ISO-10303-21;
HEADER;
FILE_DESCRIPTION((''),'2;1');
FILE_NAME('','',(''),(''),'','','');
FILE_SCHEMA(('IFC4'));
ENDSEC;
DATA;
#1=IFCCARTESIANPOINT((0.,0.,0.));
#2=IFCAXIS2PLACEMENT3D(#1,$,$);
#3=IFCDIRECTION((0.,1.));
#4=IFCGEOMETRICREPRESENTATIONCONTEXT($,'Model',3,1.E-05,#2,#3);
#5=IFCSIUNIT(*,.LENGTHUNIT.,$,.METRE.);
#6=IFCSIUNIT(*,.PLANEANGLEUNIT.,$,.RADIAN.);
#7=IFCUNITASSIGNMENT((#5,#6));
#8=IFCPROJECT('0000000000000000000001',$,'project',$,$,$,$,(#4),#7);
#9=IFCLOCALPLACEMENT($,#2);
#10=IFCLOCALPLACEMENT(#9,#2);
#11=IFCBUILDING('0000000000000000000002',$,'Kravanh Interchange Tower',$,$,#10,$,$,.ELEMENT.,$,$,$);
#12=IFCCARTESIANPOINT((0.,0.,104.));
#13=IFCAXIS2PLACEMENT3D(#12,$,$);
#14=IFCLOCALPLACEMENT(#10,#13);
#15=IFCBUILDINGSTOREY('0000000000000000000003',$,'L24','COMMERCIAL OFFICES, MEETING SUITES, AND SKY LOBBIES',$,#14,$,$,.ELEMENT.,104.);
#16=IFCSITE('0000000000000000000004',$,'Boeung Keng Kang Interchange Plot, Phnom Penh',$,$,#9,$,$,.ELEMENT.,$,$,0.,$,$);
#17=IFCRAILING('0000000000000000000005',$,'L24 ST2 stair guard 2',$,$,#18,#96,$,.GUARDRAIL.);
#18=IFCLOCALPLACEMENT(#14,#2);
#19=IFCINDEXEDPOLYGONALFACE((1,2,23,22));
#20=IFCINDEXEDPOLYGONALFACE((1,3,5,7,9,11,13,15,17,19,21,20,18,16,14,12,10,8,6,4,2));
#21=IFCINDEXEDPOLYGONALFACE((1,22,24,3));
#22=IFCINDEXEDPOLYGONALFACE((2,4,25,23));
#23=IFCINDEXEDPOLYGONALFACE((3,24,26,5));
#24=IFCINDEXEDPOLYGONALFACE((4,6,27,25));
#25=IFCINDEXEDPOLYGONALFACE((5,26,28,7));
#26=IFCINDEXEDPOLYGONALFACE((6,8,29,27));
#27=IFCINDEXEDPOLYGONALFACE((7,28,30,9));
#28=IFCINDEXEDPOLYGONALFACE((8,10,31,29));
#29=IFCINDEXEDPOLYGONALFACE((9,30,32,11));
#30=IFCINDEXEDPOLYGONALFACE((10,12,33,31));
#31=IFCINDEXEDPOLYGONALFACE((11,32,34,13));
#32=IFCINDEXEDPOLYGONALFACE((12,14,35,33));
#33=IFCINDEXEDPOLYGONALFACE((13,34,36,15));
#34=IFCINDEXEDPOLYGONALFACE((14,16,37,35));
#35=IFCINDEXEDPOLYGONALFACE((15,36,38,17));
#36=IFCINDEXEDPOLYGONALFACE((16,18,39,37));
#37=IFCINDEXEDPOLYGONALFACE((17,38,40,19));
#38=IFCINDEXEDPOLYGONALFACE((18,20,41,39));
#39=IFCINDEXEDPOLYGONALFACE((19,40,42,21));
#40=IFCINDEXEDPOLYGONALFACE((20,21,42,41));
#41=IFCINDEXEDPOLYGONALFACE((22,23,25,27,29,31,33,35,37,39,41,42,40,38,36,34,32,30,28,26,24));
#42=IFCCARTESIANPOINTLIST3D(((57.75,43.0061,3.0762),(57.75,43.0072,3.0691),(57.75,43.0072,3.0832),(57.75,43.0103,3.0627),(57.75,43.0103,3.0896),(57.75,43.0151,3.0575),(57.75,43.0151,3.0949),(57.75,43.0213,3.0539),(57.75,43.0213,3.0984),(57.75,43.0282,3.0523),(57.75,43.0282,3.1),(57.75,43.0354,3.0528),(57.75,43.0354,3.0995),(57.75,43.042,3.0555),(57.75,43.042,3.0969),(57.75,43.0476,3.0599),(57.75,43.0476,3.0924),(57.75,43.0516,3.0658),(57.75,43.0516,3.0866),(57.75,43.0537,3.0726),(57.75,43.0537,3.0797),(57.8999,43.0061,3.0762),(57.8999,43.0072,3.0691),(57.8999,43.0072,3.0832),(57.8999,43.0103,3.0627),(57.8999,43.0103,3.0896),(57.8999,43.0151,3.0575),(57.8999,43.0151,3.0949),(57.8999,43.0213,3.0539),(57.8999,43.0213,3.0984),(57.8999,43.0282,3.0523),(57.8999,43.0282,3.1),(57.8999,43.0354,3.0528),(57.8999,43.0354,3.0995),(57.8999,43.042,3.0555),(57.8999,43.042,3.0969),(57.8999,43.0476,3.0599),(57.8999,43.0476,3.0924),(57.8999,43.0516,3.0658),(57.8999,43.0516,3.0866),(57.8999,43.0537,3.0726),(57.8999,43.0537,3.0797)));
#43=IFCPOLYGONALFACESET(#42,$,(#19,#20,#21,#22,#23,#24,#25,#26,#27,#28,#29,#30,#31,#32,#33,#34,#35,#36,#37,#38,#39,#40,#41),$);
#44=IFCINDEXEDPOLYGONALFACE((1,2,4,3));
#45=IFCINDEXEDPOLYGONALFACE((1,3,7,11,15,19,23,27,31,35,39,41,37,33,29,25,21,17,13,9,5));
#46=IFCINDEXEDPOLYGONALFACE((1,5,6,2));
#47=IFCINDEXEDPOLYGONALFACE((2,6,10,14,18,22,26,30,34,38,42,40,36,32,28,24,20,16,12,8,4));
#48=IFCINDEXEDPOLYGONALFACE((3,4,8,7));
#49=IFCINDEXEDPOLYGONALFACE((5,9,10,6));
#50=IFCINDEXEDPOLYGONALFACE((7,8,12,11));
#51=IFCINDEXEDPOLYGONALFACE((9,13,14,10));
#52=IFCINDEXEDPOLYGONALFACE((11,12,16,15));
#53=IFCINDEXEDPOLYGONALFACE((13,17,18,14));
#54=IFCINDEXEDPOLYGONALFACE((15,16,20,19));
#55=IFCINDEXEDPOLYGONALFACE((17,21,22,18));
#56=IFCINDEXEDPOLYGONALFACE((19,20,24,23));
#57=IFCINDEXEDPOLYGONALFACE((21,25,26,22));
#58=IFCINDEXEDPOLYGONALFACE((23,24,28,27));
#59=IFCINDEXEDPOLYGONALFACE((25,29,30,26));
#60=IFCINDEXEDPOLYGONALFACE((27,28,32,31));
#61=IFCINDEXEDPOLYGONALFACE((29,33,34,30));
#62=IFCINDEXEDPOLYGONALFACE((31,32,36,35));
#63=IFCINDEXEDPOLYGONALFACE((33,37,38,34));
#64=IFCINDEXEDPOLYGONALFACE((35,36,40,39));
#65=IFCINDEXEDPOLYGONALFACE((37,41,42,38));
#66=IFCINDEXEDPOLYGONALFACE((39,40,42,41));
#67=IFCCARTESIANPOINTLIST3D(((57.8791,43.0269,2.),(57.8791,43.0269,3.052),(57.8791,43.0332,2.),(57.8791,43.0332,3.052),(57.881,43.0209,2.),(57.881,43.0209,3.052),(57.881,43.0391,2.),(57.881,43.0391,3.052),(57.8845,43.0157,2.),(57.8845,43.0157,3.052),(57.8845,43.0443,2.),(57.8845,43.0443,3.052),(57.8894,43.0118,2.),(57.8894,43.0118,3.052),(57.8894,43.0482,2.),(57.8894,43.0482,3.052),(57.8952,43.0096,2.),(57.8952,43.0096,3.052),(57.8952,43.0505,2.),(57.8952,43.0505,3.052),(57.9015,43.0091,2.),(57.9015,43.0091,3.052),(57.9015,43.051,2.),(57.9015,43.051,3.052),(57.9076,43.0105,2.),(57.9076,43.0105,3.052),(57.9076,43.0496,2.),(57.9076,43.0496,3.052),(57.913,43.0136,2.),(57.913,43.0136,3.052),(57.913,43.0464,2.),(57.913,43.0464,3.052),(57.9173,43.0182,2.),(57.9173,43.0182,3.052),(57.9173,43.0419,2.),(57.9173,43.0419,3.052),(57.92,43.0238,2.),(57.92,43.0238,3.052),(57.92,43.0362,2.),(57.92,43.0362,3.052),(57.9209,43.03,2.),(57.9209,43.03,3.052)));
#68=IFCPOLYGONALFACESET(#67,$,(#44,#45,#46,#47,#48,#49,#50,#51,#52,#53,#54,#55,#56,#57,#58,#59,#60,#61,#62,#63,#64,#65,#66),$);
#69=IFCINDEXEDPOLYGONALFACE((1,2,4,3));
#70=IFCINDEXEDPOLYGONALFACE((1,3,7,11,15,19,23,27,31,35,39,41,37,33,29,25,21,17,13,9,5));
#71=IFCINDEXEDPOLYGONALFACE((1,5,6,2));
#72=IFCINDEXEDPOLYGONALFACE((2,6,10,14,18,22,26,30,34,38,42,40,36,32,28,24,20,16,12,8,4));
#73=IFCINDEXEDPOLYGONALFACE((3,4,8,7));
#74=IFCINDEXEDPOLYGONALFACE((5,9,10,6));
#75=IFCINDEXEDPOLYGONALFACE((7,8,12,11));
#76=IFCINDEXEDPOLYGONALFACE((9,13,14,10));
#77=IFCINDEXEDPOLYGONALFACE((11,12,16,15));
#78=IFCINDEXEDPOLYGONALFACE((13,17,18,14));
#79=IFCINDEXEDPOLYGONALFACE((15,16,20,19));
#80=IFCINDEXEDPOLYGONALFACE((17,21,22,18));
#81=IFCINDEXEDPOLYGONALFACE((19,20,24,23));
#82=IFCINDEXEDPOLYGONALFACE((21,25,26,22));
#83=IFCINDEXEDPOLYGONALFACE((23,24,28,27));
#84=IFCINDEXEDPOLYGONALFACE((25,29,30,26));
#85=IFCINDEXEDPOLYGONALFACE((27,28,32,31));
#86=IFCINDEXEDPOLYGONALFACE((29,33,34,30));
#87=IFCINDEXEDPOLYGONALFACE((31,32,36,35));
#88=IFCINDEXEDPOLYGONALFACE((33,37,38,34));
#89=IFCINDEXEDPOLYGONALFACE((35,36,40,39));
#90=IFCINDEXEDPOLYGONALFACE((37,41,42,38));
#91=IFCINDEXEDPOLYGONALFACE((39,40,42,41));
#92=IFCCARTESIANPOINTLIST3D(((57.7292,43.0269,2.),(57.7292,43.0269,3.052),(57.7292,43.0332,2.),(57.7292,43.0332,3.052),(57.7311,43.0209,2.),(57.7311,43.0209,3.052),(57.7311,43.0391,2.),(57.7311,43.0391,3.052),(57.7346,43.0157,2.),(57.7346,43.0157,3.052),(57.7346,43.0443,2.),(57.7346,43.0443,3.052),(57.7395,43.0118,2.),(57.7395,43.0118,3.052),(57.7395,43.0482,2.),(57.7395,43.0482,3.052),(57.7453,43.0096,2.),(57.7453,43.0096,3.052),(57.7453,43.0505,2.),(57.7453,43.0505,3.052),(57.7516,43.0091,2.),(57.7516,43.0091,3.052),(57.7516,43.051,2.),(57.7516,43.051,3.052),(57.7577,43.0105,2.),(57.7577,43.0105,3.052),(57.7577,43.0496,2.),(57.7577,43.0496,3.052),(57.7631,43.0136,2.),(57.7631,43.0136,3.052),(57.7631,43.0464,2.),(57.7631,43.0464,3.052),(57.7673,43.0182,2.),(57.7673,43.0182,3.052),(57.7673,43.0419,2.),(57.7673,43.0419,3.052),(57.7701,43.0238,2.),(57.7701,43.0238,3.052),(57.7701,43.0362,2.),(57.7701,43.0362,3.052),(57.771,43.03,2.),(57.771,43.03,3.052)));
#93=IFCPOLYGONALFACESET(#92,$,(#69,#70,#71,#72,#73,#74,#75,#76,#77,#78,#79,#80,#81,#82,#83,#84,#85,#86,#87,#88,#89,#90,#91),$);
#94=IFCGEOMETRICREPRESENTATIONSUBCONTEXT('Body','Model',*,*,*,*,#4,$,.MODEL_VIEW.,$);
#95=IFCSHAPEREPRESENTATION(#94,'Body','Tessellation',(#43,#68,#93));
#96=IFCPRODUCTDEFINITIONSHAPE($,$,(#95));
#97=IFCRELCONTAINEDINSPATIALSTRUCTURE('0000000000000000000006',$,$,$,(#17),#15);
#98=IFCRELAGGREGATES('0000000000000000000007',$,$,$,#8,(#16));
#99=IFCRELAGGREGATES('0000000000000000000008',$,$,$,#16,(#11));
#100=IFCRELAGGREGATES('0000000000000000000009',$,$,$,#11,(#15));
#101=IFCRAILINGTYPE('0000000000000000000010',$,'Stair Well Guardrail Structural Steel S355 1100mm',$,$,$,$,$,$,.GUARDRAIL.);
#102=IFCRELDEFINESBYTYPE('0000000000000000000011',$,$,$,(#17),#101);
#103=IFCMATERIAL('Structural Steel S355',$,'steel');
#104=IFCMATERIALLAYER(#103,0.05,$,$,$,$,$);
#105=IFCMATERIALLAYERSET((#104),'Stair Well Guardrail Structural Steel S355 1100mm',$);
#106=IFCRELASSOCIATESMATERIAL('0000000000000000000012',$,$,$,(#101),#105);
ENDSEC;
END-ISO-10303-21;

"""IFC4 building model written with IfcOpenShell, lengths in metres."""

from ifc_helpers import new_model, si_unit, direction, frame, origin, origin_2d, place, context, subcontext, project, spatial, circle, extrude, material, layer, layer_set, type_object, element, save


model = new_model("IFC4")

# Units and contexts
model_context = context("Model", 3, precision=1e-05, world=origin(), true_north=direction((0.0, 1.0)))
body_context = subcontext(model_context, "Body", "Model", "MODEL_VIEW")
ifc_project = project(units=[si_unit("LENGTHUNIT", "METRE"), si_unit("PLANEANGLEUNIT", "RADIAN")], contexts=[model_context])

# Site, building, storey
site_placement = place(None, origin())
site = spatial("IfcSite", under=ifc_project, at=site_placement, Name="Boeung Keng Kang Interchange Plot, Phnom Penh", CompositionType="ELEMENT", RefElevation=0.0)
building_placement = place(site_placement, origin())
building = spatial("IfcBuilding", under=site, at=building_placement, Name="Kravanh Interchange Tower", CompositionType="ELEMENT")
storey_placement = place(building_placement, frame((0.0, 0.0, 104.0)))
storey = spatial("IfcBuildingStorey", under=building, at=storey_placement, Name="L24", Description="COMMERCIAL OFFICES, MEETING SUITES, AND SKY LOBBIES", CompositionType="ELEMENT", Elevation=104.0)

# Railing
ifc_material_1 = material(Name="Structural Steel S355", Category="steel")
ifc_layer_1 = layer(ifc_material_1, 0.05)
ifc_layer_set_1 = layer_set([ifc_layer_1], Name="Stair Well Guardrail Structural Steel S355 1100mm")
railing_type_1 = type_object("IfcRailingType", Name="Stair Well Guardrail Structural Steel S355 1100mm", PredefinedType="GUARDRAIL", material=ifc_layer_set_1)
railing_1_placement = place(storey_placement, frame((57.8999, 43.03, 2.0)))
element("IfcRailing", 1, at=railing_1_placement, inside=storey, type_object=railing_type_1, Name="L24 ST2 stair guard 2", PredefinedType="GUARDRAIL", context=body_context, shape_type="SweptSolid", body=[
    extrude(circle(Radius=0.0239, at=origin_2d()), frame((0.0, 0.0, 1.0762), z_axis=(-1.0, 0.0, 0.0), x_axis=(0.0, -1.0, 0.0)), (0.0, 0.0, 1.0), 0.1499),
    extrude(circle(Radius=0.021, at=origin_2d()), origin(), (0.0, 0.0, 1.0), 1.052),
    extrude(circle(Radius=0.021, at=origin_2d()), frame((-0.1499, 0.0, 0.0)), (0.0, 0.0, 1.0), 1.052),
])

save(model, "model.ifc")
